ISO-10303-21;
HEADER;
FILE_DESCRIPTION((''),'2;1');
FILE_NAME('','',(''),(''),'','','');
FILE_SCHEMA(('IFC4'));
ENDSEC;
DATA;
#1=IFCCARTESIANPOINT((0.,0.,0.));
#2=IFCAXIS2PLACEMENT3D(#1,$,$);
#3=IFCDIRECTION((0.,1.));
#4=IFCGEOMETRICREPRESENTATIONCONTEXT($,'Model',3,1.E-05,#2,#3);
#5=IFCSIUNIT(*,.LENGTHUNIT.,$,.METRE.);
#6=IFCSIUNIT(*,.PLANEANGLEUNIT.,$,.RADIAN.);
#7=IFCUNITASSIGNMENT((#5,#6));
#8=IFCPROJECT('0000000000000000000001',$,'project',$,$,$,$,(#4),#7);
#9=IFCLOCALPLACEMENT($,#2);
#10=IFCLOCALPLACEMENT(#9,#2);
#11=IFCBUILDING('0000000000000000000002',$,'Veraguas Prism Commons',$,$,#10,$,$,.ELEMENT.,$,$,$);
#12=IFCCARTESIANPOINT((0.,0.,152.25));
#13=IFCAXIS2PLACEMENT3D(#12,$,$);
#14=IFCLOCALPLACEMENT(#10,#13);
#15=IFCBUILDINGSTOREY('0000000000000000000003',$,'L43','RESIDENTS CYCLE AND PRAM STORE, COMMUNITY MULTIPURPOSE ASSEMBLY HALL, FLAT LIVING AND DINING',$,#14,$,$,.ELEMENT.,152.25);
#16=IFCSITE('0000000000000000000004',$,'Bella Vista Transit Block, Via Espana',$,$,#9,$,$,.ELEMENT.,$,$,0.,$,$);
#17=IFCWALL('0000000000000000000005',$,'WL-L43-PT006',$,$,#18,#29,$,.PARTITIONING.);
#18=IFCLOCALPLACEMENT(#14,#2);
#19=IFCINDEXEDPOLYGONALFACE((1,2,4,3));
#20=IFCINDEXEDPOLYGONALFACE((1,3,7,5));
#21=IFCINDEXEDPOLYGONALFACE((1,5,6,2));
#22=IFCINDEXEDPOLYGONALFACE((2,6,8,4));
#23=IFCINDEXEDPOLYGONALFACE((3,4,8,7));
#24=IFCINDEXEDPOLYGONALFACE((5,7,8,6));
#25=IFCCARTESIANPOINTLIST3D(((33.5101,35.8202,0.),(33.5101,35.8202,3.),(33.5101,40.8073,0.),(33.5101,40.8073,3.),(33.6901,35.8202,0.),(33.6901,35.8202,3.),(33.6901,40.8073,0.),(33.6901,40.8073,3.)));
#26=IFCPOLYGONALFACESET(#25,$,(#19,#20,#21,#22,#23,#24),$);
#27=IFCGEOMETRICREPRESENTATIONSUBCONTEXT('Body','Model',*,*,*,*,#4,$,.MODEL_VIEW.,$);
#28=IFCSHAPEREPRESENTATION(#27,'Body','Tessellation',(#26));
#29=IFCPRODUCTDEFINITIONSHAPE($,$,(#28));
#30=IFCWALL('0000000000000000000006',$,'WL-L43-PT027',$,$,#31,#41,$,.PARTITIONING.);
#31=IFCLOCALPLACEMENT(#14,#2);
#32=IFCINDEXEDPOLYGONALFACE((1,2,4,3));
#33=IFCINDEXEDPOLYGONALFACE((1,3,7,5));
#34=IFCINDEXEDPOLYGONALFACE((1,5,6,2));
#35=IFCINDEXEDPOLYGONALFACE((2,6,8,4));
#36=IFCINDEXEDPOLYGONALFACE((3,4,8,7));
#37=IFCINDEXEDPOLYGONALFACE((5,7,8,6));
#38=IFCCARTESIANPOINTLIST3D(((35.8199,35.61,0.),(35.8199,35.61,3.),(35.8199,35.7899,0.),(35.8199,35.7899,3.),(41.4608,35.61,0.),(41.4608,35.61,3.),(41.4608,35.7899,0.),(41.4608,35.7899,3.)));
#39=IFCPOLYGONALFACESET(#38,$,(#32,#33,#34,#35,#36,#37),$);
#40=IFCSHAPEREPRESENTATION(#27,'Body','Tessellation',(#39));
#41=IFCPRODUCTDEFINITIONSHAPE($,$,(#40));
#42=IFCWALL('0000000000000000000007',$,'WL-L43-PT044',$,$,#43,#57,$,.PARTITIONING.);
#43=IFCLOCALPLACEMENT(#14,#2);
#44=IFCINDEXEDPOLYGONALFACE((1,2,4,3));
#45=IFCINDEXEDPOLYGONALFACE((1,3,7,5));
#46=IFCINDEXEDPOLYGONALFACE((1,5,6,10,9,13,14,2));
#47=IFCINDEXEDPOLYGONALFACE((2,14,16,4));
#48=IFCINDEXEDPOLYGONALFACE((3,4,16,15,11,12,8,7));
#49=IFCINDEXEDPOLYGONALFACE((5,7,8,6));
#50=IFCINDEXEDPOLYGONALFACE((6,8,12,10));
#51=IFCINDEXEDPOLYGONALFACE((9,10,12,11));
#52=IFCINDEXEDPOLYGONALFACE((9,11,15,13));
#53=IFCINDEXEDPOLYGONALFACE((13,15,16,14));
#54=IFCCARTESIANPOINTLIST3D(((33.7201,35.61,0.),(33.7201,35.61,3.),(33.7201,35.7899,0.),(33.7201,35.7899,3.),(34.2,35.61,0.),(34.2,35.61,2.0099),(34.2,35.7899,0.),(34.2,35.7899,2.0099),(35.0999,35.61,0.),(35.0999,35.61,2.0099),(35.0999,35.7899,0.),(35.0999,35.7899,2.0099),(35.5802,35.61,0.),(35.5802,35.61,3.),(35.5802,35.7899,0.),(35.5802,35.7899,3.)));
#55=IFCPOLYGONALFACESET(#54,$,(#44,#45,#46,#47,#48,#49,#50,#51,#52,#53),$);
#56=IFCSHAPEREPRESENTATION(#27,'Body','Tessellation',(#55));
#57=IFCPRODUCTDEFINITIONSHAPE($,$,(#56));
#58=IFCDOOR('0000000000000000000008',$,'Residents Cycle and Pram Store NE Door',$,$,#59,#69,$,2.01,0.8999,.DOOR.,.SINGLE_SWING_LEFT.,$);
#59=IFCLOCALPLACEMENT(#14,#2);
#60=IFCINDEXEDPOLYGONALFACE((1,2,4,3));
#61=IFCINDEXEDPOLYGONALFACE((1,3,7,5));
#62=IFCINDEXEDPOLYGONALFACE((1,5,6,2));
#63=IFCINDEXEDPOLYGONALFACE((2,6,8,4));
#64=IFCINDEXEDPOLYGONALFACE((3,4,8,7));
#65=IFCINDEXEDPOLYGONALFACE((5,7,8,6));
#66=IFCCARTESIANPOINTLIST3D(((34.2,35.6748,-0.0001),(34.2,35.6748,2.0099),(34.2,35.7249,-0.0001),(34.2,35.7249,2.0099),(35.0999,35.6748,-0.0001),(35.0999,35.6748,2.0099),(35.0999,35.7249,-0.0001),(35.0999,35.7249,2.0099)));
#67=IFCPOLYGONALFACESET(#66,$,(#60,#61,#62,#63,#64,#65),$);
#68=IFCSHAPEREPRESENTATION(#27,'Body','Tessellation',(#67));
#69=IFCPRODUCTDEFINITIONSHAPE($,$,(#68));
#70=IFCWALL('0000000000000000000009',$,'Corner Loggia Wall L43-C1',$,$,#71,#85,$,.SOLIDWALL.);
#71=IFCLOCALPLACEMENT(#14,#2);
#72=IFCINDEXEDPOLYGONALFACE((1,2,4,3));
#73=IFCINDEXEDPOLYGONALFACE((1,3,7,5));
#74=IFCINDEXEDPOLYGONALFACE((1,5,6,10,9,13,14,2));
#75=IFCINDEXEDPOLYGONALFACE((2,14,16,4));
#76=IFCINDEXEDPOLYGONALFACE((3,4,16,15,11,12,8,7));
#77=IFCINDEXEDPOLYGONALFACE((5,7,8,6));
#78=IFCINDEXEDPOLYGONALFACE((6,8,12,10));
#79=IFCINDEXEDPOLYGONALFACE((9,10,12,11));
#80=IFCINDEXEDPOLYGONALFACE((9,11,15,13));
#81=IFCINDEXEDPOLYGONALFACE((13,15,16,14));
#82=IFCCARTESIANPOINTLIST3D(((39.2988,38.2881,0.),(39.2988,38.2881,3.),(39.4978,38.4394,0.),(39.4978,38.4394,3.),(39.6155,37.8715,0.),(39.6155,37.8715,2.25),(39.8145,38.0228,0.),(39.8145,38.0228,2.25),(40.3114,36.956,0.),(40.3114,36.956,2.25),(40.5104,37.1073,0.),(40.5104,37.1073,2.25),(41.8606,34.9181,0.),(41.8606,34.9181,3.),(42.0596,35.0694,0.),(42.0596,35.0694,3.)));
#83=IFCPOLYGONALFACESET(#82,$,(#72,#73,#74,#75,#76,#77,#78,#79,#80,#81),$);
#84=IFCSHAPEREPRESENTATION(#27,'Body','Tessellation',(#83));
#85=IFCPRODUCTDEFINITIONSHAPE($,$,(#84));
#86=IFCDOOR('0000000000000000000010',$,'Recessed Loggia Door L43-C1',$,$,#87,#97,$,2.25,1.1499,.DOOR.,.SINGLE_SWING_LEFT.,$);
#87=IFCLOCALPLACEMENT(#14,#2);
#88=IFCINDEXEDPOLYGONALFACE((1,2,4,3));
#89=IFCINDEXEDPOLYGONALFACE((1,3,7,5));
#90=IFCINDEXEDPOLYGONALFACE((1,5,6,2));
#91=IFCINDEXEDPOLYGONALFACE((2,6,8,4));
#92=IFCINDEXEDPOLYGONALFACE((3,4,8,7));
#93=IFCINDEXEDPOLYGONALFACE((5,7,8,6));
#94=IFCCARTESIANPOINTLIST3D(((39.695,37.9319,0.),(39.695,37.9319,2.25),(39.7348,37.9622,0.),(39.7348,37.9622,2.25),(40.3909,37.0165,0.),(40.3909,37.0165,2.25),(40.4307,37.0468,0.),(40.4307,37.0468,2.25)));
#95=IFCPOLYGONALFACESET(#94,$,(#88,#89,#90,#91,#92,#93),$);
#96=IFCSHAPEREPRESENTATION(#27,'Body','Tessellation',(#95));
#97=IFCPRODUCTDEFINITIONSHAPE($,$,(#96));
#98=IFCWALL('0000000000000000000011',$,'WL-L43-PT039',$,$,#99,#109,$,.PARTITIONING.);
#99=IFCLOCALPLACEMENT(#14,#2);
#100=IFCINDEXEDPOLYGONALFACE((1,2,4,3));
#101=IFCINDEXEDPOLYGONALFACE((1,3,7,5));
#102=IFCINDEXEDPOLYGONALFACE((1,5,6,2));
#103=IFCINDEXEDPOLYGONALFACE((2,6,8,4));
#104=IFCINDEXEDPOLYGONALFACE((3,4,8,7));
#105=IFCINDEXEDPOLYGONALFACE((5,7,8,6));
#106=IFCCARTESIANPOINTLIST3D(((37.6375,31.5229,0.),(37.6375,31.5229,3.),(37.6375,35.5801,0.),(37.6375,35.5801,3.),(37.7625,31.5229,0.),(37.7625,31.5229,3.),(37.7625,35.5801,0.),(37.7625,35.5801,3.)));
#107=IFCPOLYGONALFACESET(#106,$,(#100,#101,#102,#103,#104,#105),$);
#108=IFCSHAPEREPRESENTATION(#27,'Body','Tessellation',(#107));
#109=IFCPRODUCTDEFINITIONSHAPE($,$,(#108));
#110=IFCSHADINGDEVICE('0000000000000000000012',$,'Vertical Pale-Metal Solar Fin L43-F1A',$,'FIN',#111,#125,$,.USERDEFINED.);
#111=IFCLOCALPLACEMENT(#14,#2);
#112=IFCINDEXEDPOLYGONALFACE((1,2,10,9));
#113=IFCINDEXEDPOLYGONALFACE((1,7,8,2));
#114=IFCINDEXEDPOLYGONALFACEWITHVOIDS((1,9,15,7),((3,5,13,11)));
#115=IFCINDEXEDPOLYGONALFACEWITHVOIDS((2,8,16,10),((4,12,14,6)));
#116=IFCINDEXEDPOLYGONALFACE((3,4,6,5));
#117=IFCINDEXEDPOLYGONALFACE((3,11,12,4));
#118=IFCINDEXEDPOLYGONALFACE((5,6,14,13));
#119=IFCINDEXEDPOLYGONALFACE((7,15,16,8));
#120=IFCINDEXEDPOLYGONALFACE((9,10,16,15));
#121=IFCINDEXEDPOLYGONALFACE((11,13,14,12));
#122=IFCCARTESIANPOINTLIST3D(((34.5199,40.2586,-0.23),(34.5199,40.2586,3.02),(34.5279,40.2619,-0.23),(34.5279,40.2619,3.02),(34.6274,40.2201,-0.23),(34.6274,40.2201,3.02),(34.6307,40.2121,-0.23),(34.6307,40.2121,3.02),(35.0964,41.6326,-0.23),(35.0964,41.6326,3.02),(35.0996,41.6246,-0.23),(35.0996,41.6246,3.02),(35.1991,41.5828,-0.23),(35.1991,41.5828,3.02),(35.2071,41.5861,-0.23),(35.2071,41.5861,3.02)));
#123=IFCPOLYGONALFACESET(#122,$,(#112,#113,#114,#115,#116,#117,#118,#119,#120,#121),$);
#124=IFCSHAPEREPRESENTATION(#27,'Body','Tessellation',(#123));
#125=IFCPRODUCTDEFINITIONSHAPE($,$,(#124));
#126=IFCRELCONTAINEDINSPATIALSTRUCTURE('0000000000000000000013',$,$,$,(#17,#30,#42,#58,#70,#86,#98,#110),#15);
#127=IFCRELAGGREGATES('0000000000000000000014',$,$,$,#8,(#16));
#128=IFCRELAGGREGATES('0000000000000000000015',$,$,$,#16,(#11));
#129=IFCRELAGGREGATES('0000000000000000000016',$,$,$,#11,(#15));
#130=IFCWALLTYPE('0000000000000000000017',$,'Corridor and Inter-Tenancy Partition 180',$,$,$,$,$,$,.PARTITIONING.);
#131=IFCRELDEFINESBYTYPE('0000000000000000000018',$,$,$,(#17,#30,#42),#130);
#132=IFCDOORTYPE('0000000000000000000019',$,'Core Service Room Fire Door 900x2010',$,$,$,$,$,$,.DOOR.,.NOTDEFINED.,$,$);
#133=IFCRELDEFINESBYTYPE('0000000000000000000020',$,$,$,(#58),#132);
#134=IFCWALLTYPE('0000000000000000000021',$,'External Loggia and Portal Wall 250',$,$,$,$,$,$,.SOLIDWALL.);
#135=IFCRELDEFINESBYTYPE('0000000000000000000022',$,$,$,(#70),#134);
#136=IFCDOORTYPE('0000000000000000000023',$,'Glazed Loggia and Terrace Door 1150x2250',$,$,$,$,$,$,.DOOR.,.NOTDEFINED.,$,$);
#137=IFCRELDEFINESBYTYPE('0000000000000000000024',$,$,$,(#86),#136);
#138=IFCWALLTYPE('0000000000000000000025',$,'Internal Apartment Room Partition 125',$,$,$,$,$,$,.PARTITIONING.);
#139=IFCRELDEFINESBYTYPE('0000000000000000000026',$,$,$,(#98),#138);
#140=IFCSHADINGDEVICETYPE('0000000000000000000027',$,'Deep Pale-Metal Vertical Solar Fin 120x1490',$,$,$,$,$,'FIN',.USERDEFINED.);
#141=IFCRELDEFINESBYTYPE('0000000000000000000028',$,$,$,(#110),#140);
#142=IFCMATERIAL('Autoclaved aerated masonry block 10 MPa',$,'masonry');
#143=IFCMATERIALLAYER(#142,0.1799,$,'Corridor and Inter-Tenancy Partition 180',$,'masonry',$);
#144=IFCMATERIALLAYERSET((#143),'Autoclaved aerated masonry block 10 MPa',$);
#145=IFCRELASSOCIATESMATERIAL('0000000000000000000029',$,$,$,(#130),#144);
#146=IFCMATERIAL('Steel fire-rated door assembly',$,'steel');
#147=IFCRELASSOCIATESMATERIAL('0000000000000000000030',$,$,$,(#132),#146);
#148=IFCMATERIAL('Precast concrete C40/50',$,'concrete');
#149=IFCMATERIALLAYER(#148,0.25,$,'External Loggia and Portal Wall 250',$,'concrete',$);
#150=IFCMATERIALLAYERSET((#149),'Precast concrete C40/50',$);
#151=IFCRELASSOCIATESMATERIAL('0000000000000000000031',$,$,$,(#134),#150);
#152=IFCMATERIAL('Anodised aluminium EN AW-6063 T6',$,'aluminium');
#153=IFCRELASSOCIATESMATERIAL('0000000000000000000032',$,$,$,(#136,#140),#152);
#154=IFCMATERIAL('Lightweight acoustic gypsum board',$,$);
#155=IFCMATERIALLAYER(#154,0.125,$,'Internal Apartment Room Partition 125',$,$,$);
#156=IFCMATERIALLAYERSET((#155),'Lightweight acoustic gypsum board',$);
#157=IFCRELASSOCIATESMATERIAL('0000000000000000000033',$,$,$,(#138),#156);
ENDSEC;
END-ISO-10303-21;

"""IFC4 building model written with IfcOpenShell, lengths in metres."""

from ifc_helpers import new_model, si_unit, direction, frame, frame_2d, origin, origin_2d, place, context, subcontext, project, spatial, rectangle, hollow_rectangle, extrude, source, transform, mapped, material, layer, layer_set, material_profile, profile_set, type_object, element, fill, save


model = new_model("IFC4")

# Units and contexts
model_context = context("Model", 3, precision=1e-05, world=origin(), true_north=direction((0.0, 1.0)))
body_context = subcontext(model_context, "Body", "Model", "MODEL_VIEW")
ifc_project = project(units=[si_unit("LENGTHUNIT", "METRE"), si_unit("PLANEANGLEUNIT", "RADIAN")], contexts=[model_context])

# Site, building, storey
site_placement = place(None, origin())
site = spatial("IfcSite", under=ifc_project, at=site_placement, Name="Bella Vista Transit Block, Via Espana", CompositionType="ELEMENT", RefElevation=0.0)
building_placement = place(site_placement, origin())
building = spatial("IfcBuilding", under=site, at=building_placement, Name="Veraguas Prism Commons", CompositionType="ELEMENT")
storey_placement = place(building_placement, frame((0.0, 0.0, 152.25)))
storey = spatial("IfcBuildingStorey", under=building, at=storey_placement, Name="L43", Description="RESIDENTS CYCLE AND PRAM STORE, COMMUNITY MULTIPURPOSE ASSEMBLY HALL, FLAT LIVING AND DINING", CompositionType="ELEMENT", Elevation=152.25)

# Shared definitions
ifc_material_1 = material(Name="Anodised aluminium EN AW-6063 T6", Category="aluminium")

# Walls
ifc_material_2 = material(Name="Autoclaved aerated masonry block 10 MPa", Category="masonry")
ifc_layer_1 = layer(ifc_material_2, 0.1799, Name="Corridor and Inter-Tenancy Partition 180", Category="masonry")
ifc_layer_set_1 = layer_set([ifc_layer_1], Name="Autoclaved aerated masonry block 10 MPa")
wall_type_1 = type_object("IfcWallType", Name="Corridor and Inter-Tenancy Partition 180", PredefinedType="PARTITIONING", material=ifc_layer_set_1)
wall_1_placement = place(storey_placement, frame((33.6001, 35.8201, 0.0), z_axis=(0.0, 0.0, 1.0), x_axis=(0.0, 1.0, 0.0)))
element("IfcWall", 1, at=wall_1_placement, inside=storey, type_object=wall_type_1, Name="WL-L43-PT006", PredefinedType="PARTITIONING", context=body_context, shape_type="SweptSolid", body=[
    extrude(rectangle(XDim=4.9871, YDim=0.1799, at=frame_2d((2.4937, 0.0))), origin(), (0.0, 0.0, 1.0), 3.0),
])
wall_2_placement = place(storey_placement, frame((35.8201, 35.7, 0.0), z_axis=(0.0, 0.0, 1.0), x_axis=(1.0, 0.0, 0.0)))
element("IfcWall", 2, at=wall_2_placement, inside=storey, type_object=wall_type_1, Name="WL-L43-PT027", PredefinedType="PARTITIONING", context=body_context, shape_type="SweptSolid", body=[
    extrude(rectangle(XDim=5.6409, YDim=0.1799, at=frame_2d((2.8203, 0.0))), origin(), (0.0, 0.0, 1.0), 3.0),
])

# Walls, openings, doors
wall_3_placement = place(storey_placement, frame((33.72, 35.7, 0.0), z_axis=(0.0, 0.0, 1.0), x_axis=(1.0, 0.0, 0.0)))
wall_3 = element("IfcWall", 3, at=wall_3_placement, inside=storey, type_object=wall_type_1, Name="WL-L43-PT044", PredefinedType="PARTITIONING", context=body_context, shape_type="SweptSolid", body=[
    extrude(rectangle(XDim=1.8601, YDim=0.1799, at=frame_2d((0.9302, 0.0))), origin(), (0.0, 0.0, 1.0), 3.0),
])
opening_1_placement = place(wall_3_placement, frame((0.48, 0.0, 0.0)))
opening_1 = element("IfcOpeningElement", 4, at=opening_1_placement, cuts=wall_3, PredefinedType="OPENING", context=body_context, shape_type="SweptSolid", body=[
    extrude(rectangle(XDim=0.8999, YDim=2.01, at=frame_2d((0.45, 1.0049))), frame((0.0, 0.0999, 0.0), z_axis=(0.0, -1.0, 0.0), x_axis=(1.0, 0.0, 0.0)), (0.0, 0.0, 1.0), 0.2),
])
ifc_material_3 = material(Name="Steel fire-rated door assembly", Category="steel")
door_type_1 = type_object("IfcDoorType", Name="Core Service Room Fire Door 900x2010", OperationType="NOTDEFINED", PredefinedType="DOOR", material=ifc_material_3)
shared_shape_1 = source(origin(), body_context, "Body", "SweptSolid", [
    extrude(rectangle(XDim=0.8999, YDim=2.01, at=frame_2d((0.45, 1.0049))), frame((0.0, 0.0249, 0.0), z_axis=(0.0, -1.0, 0.0), x_axis=(1.0, 0.0, 0.0)), (0.0, 0.0, 1.0), 0.05),
])
door_1_placement = place(opening_1_placement, origin())
door_1 = element("IfcDoor", 5, at=door_1_placement, inside=storey, type_object=door_type_1, Name="Residents Cycle and Pram Store NE Door", OperationType="SINGLE_SWING_LEFT", OverallHeight=2.01, OverallWidth=0.8999, PredefinedType="DOOR", context=body_context, shape_type="MappedRepresentation", body=[
    mapped(shared_shape_1, transform((0.0, 0.0, 0.0), scale=1.0)),
])
fill(opening_1, door_1)
ifc_material_4 = material(Name="Precast concrete C40/50", Category="concrete")
ifc_layer_2 = layer(ifc_material_4, 0.25, Name="External Loggia and Portal Wall 250", Category="concrete")
ifc_layer_set_2 = layer_set([ifc_layer_2], Name="Precast concrete C40/50")
wall_type_2 = type_object("IfcWallType", Name="External Loggia and Portal Wall 250", PredefinedType="SOLIDWALL", material=ifc_layer_set_2)
wall_4_placement = place(storey_placement, frame((41.9602, 34.9937, 0.0), z_axis=(0.0, 0.0, 1.0), x_axis=(-0.605183, 0.796087, 0.0)))
wall_4 = element("IfcWall", 6, at=wall_4_placement, inside=storey, type_object=wall_type_2, Name="Corner Loggia Wall L43-C1", PredefinedType="SOLIDWALL", context=body_context, shape_type="SweptSolid", body=[
    extrude(rectangle(XDim=4.2332, YDim=0.25, at=frame_2d((2.1167, 0.0))), origin(), (0.0, 0.0, 1.0), 3.0),
])
opening_2_placement = place(wall_4_placement, frame((2.5601, 0.0, 0.0)))
opening_2 = element("IfcOpeningElement", 7, at=opening_2_placement, cuts=wall_4, PredefinedType="OPENING", context=body_context, shape_type="SweptSolid", body=[
    extrude(rectangle(XDim=1.1499, YDim=2.25, at=frame_2d((0.575, 1.125))), frame((0.0, 0.135, 0.0), z_axis=(0.0, -1.0, 0.0), x_axis=(1.0, 0.0, 0.0)), (0.0, 0.0, 1.0), 0.27),
])
door_type_2 = type_object("IfcDoorType", Name="Glazed Loggia and Terrace Door 1150x2250", OperationType="NOTDEFINED", PredefinedType="DOOR", material=ifc_material_1)
shared_shape_2 = source(origin(), body_context, "Body", "SweptSolid", [
    extrude(rectangle(XDim=1.1499, YDim=2.25, at=frame_2d((0.575, 1.125))), frame((0.0, 0.0249, 0.0), z_axis=(0.0, -1.0, 0.0), x_axis=(1.0, 0.0, 0.0)), (0.0, 0.0, 1.0), 0.05),
])
door_2_placement = place(opening_2_placement, frame((1.1499, 0.0, 0.0), z_axis=(0.0, 0.0, 1.0), x_axis=(-1.0, 0.0, 0.0)))
door_2 = element("IfcDoor", 8, at=door_2_placement, inside=storey, type_object=door_type_2, Name="Recessed Loggia Door L43-C1", OperationType="SINGLE_SWING_LEFT", OverallHeight=2.25, OverallWidth=1.1499, PredefinedType="DOOR", context=body_context, shape_type="MappedRepresentation", body=[
    mapped(shared_shape_2, transform((0.0, 0.0, 0.0), scale=1.0)),
])
fill(opening_2, door_2)

# Wall
ifc_material_5 = material(Name="Lightweight acoustic gypsum board")
ifc_layer_3 = layer(ifc_material_5, 0.125, Name="Internal Apartment Room Partition 125")
ifc_layer_set_3 = layer_set([ifc_layer_3], Name="Lightweight acoustic gypsum board")
wall_type_3 = type_object("IfcWallType", Name="Internal Apartment Room Partition 125", PredefinedType="PARTITIONING", material=ifc_layer_set_3)
wall_5_placement = place(storey_placement, frame((37.7, 31.5229, 0.0), z_axis=(0.0, 0.0, 1.0), x_axis=(0.0, 1.0, 0.0)))
element("IfcWall", 9, at=wall_5_placement, inside=storey, type_object=wall_type_3, Name="WL-L43-PT039", PredefinedType="PARTITIONING", context=body_context, shape_type="SweptSolid", body=[
    extrude(rectangle(XDim=4.0571, YDim=0.125, at=frame_2d((2.0286, 0.0))), origin(), (0.0, 0.0, 1.0), 3.0),
])

# Shading device
ifc_material_profile_1 = material_profile(ifc_material_1, hollow_rectangle(XDim=0.1201, YDim=1.49, WallThickness=0.0061, at=origin_2d()), Name="FIN120X1490X6")
ifc_profile_set_1 = profile_set([ifc_material_profile_1], Name="Anodised aluminium EN AW-6063 T6")
shading_device_type = type_object("IfcShadingDeviceType", Name="Deep Pale-Metal Vertical Solar Fin 120x1490", ElementType="FIN", PredefinedType="USERDEFINED", material=ifc_profile_set_1)
shading_device_placement = place(storey_placement, frame((34.8635, 40.9224, -0.23), z_axis=(0.0, 0.0, 1.0), x_axis=(-0.922132, 0.386875, 0.0)))
element("IfcShadingDevice", 10, at=shading_device_placement, inside=storey, type_object=shading_device_type, Name="Vertical Pale-Metal Solar Fin L43-F1A", ObjectType="FIN", PredefinedType="USERDEFINED", context=body_context, shape_type="SweptSolid", body=[
    extrude(hollow_rectangle(XDim=0.1201, YDim=1.49, WallThickness=0.0061, at=origin_2d()), origin(), (0.0, 0.0, 1.0), 3.25),
])

save(model, "model.ifc")
